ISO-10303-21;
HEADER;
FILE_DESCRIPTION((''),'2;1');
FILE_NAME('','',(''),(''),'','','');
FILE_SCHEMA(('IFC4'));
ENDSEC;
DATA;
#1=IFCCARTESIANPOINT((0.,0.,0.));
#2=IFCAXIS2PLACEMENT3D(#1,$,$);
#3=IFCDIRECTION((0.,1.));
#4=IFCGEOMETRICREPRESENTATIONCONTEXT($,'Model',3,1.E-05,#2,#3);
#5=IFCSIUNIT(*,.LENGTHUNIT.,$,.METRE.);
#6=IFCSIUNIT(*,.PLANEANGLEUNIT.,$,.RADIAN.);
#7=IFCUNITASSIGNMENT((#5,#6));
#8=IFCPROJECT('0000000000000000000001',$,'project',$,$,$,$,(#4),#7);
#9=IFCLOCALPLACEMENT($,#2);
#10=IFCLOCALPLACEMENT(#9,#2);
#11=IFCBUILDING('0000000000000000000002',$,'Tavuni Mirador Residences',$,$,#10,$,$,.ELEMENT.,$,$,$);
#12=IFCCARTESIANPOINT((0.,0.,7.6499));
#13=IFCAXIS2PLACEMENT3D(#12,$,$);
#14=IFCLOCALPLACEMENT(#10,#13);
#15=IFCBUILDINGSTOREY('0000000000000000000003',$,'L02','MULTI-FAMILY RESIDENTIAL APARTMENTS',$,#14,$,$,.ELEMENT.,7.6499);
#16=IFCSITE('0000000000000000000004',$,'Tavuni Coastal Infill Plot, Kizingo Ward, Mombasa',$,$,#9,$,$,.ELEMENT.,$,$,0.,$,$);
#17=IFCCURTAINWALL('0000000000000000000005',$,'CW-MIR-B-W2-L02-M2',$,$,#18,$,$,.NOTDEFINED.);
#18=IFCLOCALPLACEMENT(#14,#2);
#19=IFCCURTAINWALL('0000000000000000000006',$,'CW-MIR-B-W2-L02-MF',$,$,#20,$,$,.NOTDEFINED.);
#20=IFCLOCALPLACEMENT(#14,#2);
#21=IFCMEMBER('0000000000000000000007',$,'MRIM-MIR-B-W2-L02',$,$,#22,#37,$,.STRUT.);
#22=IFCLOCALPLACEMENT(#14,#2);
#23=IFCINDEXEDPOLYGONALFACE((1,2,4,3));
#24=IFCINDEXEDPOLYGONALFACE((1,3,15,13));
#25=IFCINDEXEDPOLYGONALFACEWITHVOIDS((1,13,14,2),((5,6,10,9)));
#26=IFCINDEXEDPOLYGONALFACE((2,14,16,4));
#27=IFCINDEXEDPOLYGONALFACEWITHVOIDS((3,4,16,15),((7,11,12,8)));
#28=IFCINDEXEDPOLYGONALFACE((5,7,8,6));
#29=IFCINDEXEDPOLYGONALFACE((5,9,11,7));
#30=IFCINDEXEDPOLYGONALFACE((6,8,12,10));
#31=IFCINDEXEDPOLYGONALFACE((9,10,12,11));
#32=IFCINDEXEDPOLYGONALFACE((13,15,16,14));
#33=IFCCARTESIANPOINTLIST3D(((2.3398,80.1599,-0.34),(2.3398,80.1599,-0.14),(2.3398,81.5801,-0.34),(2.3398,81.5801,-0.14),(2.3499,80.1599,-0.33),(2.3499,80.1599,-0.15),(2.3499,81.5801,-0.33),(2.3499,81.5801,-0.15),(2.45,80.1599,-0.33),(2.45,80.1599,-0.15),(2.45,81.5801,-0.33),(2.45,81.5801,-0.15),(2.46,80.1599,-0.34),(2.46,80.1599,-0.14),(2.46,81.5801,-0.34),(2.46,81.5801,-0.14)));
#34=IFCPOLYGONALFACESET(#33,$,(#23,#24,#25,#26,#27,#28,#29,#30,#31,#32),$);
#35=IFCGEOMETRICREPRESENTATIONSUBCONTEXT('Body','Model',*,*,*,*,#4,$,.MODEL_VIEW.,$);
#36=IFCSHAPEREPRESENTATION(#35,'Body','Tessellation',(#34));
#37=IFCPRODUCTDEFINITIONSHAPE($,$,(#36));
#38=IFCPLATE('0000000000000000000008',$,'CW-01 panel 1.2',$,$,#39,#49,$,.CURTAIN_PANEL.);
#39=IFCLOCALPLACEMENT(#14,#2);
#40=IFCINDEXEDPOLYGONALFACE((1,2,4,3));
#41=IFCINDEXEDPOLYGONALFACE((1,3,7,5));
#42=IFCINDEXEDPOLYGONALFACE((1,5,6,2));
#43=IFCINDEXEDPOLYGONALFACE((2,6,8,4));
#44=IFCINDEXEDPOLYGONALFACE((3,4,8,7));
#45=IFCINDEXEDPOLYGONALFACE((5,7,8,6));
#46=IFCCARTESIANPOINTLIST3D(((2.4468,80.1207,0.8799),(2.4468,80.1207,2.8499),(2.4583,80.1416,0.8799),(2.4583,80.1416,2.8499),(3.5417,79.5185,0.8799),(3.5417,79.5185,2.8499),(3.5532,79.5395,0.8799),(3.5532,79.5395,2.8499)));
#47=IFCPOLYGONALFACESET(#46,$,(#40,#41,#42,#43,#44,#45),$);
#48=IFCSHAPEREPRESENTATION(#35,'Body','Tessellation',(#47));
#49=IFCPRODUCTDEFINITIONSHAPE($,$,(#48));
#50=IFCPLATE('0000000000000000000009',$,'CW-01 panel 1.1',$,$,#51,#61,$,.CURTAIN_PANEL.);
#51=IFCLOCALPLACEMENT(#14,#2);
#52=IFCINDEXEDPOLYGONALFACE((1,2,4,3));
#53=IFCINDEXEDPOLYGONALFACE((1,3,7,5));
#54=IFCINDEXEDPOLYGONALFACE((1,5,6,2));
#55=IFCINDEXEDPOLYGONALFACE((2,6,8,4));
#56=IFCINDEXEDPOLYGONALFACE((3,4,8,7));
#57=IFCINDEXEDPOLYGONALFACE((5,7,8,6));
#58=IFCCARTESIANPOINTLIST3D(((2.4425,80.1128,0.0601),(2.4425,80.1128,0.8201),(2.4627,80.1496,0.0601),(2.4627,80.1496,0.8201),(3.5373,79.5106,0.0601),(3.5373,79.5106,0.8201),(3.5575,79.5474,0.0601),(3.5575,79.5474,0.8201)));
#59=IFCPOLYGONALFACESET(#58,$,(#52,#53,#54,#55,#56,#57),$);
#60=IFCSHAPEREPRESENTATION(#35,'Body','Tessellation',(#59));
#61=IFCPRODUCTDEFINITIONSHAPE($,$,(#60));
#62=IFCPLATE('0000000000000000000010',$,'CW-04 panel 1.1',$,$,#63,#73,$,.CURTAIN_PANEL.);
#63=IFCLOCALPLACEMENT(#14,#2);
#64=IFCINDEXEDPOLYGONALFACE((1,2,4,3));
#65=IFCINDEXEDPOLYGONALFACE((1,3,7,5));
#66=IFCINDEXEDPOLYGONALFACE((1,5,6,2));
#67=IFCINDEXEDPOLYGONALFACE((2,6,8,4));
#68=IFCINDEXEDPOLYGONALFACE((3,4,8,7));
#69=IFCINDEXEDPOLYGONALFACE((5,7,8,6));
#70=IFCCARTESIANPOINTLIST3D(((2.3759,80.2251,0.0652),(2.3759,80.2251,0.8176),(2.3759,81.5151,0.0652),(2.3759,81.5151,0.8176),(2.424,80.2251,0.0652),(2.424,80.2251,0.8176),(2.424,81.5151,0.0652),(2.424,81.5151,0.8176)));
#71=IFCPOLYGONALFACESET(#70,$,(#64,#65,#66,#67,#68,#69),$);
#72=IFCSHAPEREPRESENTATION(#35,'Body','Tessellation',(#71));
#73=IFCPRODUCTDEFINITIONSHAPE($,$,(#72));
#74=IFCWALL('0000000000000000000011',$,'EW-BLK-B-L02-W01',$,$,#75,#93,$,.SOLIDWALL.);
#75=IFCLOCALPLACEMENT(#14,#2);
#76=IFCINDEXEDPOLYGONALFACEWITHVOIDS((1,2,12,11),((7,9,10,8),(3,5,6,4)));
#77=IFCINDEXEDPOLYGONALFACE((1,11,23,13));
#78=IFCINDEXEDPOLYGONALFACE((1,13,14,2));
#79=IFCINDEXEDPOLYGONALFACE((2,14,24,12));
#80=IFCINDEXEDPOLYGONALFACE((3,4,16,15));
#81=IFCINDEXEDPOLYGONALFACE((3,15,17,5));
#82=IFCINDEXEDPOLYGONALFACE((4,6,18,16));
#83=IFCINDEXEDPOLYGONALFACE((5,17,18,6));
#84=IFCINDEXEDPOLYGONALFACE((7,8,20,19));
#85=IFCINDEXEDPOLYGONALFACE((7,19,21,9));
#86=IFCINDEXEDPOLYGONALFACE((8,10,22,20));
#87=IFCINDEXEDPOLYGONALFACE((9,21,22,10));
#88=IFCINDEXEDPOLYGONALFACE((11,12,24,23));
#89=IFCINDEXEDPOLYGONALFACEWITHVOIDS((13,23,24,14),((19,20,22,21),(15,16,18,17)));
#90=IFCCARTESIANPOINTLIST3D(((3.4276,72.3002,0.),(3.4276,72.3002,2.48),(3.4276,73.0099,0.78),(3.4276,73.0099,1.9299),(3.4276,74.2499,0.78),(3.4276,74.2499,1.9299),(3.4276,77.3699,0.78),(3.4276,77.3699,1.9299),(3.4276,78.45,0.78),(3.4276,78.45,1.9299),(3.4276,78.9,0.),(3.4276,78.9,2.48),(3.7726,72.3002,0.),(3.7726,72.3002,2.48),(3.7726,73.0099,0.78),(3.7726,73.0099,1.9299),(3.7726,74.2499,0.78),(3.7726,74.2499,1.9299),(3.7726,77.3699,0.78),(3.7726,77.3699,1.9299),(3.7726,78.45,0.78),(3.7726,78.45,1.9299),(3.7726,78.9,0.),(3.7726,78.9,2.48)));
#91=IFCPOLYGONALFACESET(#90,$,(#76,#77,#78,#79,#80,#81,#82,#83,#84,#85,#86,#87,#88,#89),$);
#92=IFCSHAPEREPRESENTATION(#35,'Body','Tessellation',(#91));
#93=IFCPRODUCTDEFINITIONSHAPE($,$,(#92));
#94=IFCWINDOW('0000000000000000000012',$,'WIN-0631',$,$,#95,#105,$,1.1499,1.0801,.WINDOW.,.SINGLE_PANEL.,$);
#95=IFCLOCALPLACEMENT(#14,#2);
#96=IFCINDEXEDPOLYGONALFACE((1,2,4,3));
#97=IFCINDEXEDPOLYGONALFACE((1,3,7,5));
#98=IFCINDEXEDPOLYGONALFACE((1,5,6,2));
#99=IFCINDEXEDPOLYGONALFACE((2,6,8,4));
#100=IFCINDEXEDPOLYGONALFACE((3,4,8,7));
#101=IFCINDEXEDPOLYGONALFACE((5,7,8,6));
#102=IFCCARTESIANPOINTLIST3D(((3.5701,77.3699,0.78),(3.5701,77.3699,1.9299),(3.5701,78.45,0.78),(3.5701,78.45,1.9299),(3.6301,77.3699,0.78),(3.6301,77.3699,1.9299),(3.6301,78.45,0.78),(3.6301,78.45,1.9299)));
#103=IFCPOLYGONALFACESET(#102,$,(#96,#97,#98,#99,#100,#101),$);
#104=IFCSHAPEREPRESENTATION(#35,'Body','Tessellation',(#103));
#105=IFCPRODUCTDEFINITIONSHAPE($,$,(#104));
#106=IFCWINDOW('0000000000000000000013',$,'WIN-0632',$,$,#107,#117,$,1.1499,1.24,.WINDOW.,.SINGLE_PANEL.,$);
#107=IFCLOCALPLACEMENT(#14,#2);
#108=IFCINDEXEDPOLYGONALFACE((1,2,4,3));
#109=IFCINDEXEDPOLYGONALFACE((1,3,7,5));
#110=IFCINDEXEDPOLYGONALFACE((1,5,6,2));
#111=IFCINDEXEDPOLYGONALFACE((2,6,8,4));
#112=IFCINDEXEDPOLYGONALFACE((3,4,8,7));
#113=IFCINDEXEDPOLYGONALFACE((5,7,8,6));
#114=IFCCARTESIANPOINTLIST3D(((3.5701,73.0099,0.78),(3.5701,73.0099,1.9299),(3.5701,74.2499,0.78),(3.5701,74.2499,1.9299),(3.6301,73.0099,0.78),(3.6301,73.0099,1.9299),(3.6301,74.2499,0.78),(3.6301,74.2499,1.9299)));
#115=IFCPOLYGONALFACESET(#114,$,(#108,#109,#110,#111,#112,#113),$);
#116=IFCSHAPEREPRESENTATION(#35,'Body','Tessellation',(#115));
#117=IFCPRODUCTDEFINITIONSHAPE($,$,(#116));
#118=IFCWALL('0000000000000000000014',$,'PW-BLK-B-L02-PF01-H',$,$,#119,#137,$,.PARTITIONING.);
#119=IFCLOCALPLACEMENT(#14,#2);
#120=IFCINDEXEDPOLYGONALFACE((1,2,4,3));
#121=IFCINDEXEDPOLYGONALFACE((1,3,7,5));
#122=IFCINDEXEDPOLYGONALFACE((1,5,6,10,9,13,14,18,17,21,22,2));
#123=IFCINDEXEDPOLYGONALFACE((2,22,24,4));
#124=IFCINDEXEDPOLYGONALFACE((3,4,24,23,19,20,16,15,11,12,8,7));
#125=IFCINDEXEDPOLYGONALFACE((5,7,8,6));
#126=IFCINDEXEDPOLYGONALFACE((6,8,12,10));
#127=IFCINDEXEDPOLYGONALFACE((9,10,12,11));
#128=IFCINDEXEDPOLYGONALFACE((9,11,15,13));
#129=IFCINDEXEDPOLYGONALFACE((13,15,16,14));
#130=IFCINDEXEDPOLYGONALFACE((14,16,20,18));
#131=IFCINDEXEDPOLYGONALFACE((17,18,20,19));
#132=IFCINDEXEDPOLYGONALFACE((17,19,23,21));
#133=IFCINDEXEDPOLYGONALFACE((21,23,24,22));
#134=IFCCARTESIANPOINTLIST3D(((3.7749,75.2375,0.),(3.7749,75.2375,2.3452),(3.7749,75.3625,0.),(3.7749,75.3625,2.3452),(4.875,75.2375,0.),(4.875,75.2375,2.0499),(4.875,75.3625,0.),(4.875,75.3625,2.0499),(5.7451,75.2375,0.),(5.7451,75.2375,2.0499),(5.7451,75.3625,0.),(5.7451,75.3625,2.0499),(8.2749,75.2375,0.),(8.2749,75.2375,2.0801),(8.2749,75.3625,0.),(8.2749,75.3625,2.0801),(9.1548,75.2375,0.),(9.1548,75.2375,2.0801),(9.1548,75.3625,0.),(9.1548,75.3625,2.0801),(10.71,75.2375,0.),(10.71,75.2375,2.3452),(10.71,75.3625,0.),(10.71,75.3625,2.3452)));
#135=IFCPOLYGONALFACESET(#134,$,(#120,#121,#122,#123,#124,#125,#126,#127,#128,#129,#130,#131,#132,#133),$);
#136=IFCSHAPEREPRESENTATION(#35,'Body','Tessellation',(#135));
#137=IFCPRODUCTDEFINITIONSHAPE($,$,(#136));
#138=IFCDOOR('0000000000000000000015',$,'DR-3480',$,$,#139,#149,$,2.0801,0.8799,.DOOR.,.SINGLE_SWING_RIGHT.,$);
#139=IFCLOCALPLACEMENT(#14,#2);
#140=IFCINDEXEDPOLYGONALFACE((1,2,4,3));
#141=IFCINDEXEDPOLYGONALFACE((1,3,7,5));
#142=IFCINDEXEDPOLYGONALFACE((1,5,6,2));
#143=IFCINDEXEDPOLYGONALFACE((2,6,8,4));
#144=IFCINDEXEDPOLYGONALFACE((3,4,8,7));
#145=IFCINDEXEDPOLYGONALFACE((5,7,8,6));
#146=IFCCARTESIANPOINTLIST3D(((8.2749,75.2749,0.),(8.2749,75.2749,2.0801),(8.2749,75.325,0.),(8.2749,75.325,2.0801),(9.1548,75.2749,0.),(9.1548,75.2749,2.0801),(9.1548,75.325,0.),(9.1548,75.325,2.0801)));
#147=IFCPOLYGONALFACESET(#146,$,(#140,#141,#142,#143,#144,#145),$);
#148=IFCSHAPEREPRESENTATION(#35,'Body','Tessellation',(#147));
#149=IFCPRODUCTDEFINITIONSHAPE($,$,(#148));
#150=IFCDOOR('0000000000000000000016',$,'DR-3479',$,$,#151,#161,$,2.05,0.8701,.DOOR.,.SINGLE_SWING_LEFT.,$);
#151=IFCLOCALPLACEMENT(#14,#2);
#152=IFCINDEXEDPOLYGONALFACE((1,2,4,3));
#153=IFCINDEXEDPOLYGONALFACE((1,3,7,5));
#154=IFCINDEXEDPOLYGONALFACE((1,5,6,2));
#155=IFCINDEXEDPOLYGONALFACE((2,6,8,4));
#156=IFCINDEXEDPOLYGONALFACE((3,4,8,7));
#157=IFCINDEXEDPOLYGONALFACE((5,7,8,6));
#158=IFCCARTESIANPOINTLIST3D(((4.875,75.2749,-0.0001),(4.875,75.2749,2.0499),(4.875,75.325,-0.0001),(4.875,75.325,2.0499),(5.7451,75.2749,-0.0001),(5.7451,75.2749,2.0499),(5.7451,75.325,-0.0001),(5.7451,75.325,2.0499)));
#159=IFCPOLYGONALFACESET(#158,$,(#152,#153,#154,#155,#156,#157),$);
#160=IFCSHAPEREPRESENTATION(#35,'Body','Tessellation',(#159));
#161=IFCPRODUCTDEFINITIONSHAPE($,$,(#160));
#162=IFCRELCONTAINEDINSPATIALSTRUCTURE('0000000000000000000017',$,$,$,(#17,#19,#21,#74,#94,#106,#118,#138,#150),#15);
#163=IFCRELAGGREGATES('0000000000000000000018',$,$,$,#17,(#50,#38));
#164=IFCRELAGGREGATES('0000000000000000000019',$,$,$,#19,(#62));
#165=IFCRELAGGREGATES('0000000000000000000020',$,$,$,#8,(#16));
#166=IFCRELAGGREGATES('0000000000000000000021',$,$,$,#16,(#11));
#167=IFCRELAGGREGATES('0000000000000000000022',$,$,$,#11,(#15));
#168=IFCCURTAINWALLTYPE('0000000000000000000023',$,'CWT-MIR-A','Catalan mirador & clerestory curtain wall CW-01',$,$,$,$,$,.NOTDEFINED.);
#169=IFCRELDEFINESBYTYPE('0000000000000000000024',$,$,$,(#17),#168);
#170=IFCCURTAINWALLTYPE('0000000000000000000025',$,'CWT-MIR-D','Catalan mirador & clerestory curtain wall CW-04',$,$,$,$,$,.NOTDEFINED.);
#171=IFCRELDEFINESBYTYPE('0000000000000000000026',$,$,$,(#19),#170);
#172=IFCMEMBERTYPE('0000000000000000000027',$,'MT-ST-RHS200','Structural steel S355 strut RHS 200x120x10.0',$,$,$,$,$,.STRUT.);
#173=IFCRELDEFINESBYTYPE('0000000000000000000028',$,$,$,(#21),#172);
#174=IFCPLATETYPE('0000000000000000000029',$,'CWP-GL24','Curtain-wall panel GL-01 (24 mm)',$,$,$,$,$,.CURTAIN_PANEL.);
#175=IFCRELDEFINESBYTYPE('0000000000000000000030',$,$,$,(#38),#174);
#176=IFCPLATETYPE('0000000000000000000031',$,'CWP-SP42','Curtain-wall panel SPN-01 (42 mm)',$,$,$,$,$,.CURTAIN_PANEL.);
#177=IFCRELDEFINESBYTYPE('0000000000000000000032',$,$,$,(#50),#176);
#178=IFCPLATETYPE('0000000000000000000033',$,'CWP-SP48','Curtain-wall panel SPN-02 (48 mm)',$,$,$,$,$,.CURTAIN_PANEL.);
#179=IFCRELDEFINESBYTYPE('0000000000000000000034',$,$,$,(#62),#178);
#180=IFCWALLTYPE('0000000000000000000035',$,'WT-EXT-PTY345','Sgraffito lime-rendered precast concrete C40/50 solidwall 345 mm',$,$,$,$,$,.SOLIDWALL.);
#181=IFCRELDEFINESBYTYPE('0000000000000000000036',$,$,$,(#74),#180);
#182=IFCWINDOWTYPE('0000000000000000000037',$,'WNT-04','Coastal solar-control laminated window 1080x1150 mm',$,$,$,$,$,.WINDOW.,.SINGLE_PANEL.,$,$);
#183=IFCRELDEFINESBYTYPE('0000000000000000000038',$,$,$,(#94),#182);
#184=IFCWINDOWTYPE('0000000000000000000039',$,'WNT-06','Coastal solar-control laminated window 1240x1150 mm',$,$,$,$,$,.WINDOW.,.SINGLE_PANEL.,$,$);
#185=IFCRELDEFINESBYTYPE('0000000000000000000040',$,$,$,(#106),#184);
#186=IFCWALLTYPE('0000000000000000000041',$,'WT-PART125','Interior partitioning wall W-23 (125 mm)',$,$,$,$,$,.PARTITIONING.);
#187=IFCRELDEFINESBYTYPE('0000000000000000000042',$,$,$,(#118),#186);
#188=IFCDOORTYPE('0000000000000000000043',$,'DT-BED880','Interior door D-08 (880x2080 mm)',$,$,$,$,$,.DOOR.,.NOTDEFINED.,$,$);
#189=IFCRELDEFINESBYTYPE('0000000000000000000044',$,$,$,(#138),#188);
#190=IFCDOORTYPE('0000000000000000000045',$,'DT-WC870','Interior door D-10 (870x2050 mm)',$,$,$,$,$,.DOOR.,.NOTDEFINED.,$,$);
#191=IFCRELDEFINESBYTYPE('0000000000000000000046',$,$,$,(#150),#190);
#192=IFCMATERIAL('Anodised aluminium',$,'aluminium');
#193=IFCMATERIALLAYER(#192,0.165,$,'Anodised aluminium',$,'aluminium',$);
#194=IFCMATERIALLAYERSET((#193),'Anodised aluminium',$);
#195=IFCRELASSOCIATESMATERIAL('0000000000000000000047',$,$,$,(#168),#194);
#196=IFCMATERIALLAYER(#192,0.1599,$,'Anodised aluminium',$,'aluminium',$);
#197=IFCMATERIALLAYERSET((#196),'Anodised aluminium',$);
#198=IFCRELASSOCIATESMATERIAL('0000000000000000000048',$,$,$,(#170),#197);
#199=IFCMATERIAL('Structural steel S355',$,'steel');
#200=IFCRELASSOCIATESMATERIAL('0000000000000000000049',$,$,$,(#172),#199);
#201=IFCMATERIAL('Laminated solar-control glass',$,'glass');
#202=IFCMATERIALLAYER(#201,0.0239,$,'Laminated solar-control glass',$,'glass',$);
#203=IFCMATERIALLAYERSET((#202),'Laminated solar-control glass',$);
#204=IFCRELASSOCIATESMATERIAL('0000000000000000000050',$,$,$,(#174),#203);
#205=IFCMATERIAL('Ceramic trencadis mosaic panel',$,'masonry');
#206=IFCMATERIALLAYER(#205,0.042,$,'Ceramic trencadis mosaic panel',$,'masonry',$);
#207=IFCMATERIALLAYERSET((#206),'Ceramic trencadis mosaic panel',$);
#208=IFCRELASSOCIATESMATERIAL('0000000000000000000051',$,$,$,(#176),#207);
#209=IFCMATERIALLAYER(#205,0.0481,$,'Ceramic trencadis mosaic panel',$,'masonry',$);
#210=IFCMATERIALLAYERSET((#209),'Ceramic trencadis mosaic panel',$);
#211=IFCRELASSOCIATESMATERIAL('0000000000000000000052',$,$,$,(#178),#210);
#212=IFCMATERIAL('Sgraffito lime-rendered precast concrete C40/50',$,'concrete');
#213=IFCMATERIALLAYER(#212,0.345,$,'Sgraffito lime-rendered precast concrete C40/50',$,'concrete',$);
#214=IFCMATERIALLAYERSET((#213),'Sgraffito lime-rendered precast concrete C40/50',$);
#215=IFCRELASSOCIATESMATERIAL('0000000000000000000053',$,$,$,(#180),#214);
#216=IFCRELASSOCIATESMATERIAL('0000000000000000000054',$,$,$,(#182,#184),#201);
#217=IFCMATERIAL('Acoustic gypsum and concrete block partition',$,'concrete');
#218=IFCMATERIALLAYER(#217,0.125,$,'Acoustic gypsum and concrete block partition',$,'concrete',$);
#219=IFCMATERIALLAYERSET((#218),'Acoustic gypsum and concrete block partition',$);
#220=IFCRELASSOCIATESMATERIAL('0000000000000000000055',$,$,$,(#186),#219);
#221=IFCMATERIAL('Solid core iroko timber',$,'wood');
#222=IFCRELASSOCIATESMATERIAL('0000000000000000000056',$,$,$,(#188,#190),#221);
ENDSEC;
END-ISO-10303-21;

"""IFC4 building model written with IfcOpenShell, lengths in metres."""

from ifc_helpers import new_model, si_unit, direction, frame, frame_2d, origin, origin_2d, place, context, subcontext, project, spatial, rectangle, hollow_rectangle, extrude, material, layer, layer_set, material_profile, profile_set, type_object, element, fill, aggregate, save


model = new_model("IFC4")

# Units and contexts
model_context = context("Model", 3, precision=1e-05, world=origin(), true_north=direction((0.0, 1.0)))
body_context = subcontext(model_context, "Body", "Model", "MODEL_VIEW")
ifc_project = project(units=[si_unit("LENGTHUNIT", "METRE"), si_unit("PLANEANGLEUNIT", "RADIAN")], contexts=[model_context])

# Site, building, storey
site_placement = place(None, origin())
site = spatial("IfcSite", under=ifc_project, at=site_placement, Name="Tavuni Coastal Infill Plot, Kizingo Ward, Mombasa", CompositionType="ELEMENT", RefElevation=0.0)
building_placement = place(site_placement, origin())
building = spatial("IfcBuilding", under=site, at=building_placement, Name="Tavuni Mirador Residences", CompositionType="ELEMENT")
storey_placement = place(building_placement, frame((0.0, 0.0, 7.6499)))
storey = spatial("IfcBuildingStorey", under=building, at=storey_placement, Name="L02", Description="MULTI-FAMILY RESIDENTIAL APARTMENTS", CompositionType="ELEMENT", Elevation=7.6499)

# Curtain wall
ifc_material_1 = material(Name="Anodised aluminium", Category="aluminium")
ifc_layer_1 = layer(ifc_material_1, 0.165, Name="Anodised aluminium", Category="aluminium")
ifc_layer_set_1 = layer_set([ifc_layer_1], Name="Anodised aluminium")
curtain_wall_type_1 = type_object("IfcCurtainWallType", Name="CWT-MIR-A", Description="Catalan mirador & clerestory curtain wall CW-01", PredefinedType="NOTDEFINED", material=ifc_layer_set_1)
curtain_wall_1_placement = place(storey_placement, origin())
curtain_wall_1 = element("IfcCurtainWall", 1, at=curtain_wall_1_placement, inside=storey, type_object=curtain_wall_type_1, Name="CW-MIR-B-W2-L02-M2", PredefinedType="NOTDEFINED")

# Curtain wall
ifc_layer_2 = layer(ifc_material_1, 0.1599, Name="Anodised aluminium", Category="aluminium")
ifc_layer_set_2 = layer_set([ifc_layer_2], Name="Anodised aluminium")
curtain_wall_type_2 = type_object("IfcCurtainWallType", Name="CWT-MIR-D", Description="Catalan mirador & clerestory curtain wall CW-04", PredefinedType="NOTDEFINED", material=ifc_layer_set_2)
curtain_wall_2_placement = place(storey_placement, origin())
curtain_wall_2 = element("IfcCurtainWall", 2, at=curtain_wall_2_placement, inside=storey, type_object=curtain_wall_type_2, Name="CW-MIR-B-W2-L02-MF", PredefinedType="NOTDEFINED")

# Member
ifc_material_2 = material(Name="Structural steel S355", Category="steel")
ifc_material_profile_1 = material_profile(ifc_material_2, hollow_rectangle(XDim=0.1201, YDim=0.2, WallThickness=0.01, at=origin_2d()), Name="RHS 200x120x10.0", Category="steel")
ifc_profile_set_1 = profile_set([ifc_material_profile_1], Name="Structural steel S355")
member_type_1 = type_object("IfcMemberType", Name="MT-ST-RHS200", Description="Structural steel S355 strut RHS 200x120x10.0", PredefinedType="STRUT", material=ifc_profile_set_1)
member_1_placement = place(storey_placement, frame((2.3999, 80.1599, -0.24), z_axis=(0.0, 1.0, 0.0), x_axis=(-1.0, 0.0, 0.0)))
element("IfcMember", 3, at=member_1_placement, inside=storey, type_object=member_type_1, Name="MRIM-MIR-B-W2-L02", PredefinedType="STRUT", context=body_context, shape_type="SweptSolid", body=[
    extrude(hollow_rectangle(XDim=0.1201, YDim=0.2, WallThickness=0.01, at=origin_2d()), origin(), (0.0, 0.0, 1.0), 1.4202),
])

# Plates
ifc_material_3 = material(Name="Laminated solar-control glass", Category="glass")
ifc_layer_3 = layer(ifc_material_3, 0.0239, Name="Laminated solar-control glass", Category="glass")
ifc_layer_set_3 = layer_set([ifc_layer_3], Name="Laminated solar-control glass")
plate_type_1 = type_object("IfcPlateType", Name="CWP-GL24", Description="Curtain-wall panel GL-01 (24 mm)", PredefinedType="CURTAIN_PANEL", material=ifc_layer_set_3)
plate_1_placement = place(storey_placement, frame((3.0, 79.8301, 0.8799), z_axis=(0.0, 0.0, 1.0), x_axis=(0.876216, -0.481919, 0.0)))
plate_1 = element("IfcPlate", 4, at=plate_1_placement, type_object=plate_type_1, Name="CW-01 panel 1.2", PredefinedType="CURTAIN_PANEL", context=body_context, shape_type="SweptSolid", body=[
    extrude(rectangle(XDim=1.2495, YDim=0.0239, at=origin_2d()), origin(), (0.0, 0.0, 1.0), 1.97),
])
ifc_material_4 = material(Name="Ceramic trencadis mosaic panel", Category="masonry")
ifc_layer_4 = layer(ifc_material_4, 0.042, Name="Ceramic trencadis mosaic panel", Category="masonry")
ifc_layer_set_4 = layer_set([ifc_layer_4], Name="Ceramic trencadis mosaic panel")
plate_type_2 = type_object("IfcPlateType", Name="CWP-SP42", Description="Curtain-wall panel SPN-01 (42 mm)", PredefinedType="CURTAIN_PANEL", material=ifc_layer_set_4)
plate_2_placement = place(storey_placement, frame((3.0, 79.8301, 0.0601), z_axis=(0.0, 0.0, 1.0), x_axis=(0.876216, -0.481919, 0.0)))
plate_2 = element("IfcPlate", 5, at=plate_2_placement, type_object=plate_type_2, Name="CW-01 panel 1.1", PredefinedType="CURTAIN_PANEL", context=body_context, shape_type="SweptSolid", body=[
    extrude(rectangle(XDim=1.2495, YDim=0.042, at=origin_2d()), origin(), (0.0, 0.0, 1.0), 0.76),
])
aggregate(curtain_wall_1, [plate_2, plate_1])
ifc_layer_5 = layer(ifc_material_4, 0.0481, Name="Ceramic trencadis mosaic panel", Category="masonry")
ifc_layer_set_5 = layer_set([ifc_layer_5], Name="Ceramic trencadis mosaic panel")
plate_type_3 = type_object("IfcPlateType", Name="CWP-SP48", Description="Curtain-wall panel SPN-02 (48 mm)", PredefinedType="CURTAIN_PANEL", material=ifc_layer_set_5)
plate_3_placement = place(storey_placement, frame((2.3999, 80.8701, 0.0652), z_axis=(0.0, 0.0, 1.0), x_axis=(0.0, -1.0, 0.0)))
plate_3 = element("IfcPlate", 6, at=plate_3_placement, type_object=plate_type_3, Name="CW-04 panel 1.1", PredefinedType="CURTAIN_PANEL", context=body_context, shape_type="SweptSolid", body=[
    extrude(rectangle(XDim=1.29, YDim=0.0481, at=origin_2d()), origin(), (0.0, 0.0, 1.0), 0.7524),
])
aggregate(curtain_wall_2, [plate_3])

# Wall, openings, windows
ifc_material_5 = material(Name="Sgraffito lime-rendered precast concrete C40/50", Category="concrete")
ifc_layer_6 = layer(ifc_material_5, 0.345, Name="Sgraffito lime-rendered precast concrete C40/50", Category="concrete")
ifc_layer_set_6 = layer_set([ifc_layer_6], Name="Sgraffito lime-rendered precast concrete C40/50")
wall_type_1 = type_object("IfcWallType", Name="WT-EXT-PTY345", Description="Sgraffito lime-rendered precast concrete C40/50 solidwall 345 mm", PredefinedType="SOLIDWALL", material=ifc_layer_set_6)
wall_1_placement = place(storey_placement, frame((3.6001, 78.8999, 0.0), z_axis=(0.0, 0.0, 1.0), x_axis=(0.0, -1.0, 0.0)))
wall_1 = element("IfcWall", 7, at=wall_1_placement, inside=storey, type_object=wall_type_1, Name="EW-BLK-B-L02-W01", PredefinedType="SOLIDWALL", context=body_context, shape_type="SweptSolid", body=[
    extrude(rectangle(XDim=6.5999, YDim=0.345, at=frame_2d((3.2998, 0.0))), origin(), (0.0, 0.0, 1.0), 2.48),
])
opening_1_placement = place(wall_1_placement, frame((0.45, 0.0, 0.78)))
opening_1 = element("IfcOpeningElement", 8, at=opening_1_placement, cuts=wall_1, PredefinedType="OPENING", context=body_context, shape_type="SweptSolid", body=[
    extrude(rectangle(XDim=1.0801, YDim=1.1499, at=frame_2d((0.54, 0.575))), frame((0.0, 0.1826, 0.0), z_axis=(0.0, -1.0, 0.0), x_axis=(1.0, 0.0, 0.0)), (0.0, 0.0, 1.0), 0.365),
])
opening_2_placement = place(wall_1_placement, frame((4.6499, 0.0, 0.78)))
opening_2 = element("IfcOpeningElement", 9, at=opening_2_placement, cuts=wall_1, PredefinedType="OPENING", context=body_context, shape_type="SweptSolid", body=[
    extrude(rectangle(XDim=1.24, YDim=1.1499, at=frame_2d((0.6201, 0.575))), frame((0.0, 0.1826, 0.0), z_axis=(0.0, -1.0, 0.0), x_axis=(1.0, 0.0, 0.0)), (0.0, 0.0, 1.0), 0.365),
])
window_type_1 = type_object("IfcWindowType", Name="WNT-04", Description="Coastal solar-control laminated window 1080x1150 mm", PartitioningType="SINGLE_PANEL", PredefinedType="WINDOW", material=ifc_material_3)
window_1_placement = place(opening_1_placement, origin())
window_1 = element("IfcWindow", 10, at=window_1_placement, inside=storey, type_object=window_type_1, Name="WIN-0631", OverallHeight=1.1499, OverallWidth=1.0801, PartitioningType="SINGLE_PANEL", PredefinedType="WINDOW", context=body_context, shape_type="SweptSolid", body=[
    extrude(rectangle(XDim=1.0801, YDim=1.1499, at=frame_2d((0.54, 0.575))), frame((0.0, 0.03, 0.0), z_axis=(0.0, -1.0, 0.0), x_axis=(1.0, 0.0, 0.0)), (0.0, 0.0, 1.0), 0.0601),
])
fill(opening_1, window_1)
window_type_2 = type_object("IfcWindowType", Name="WNT-06", Description="Coastal solar-control laminated window 1240x1150 mm", PartitioningType="SINGLE_PANEL", PredefinedType="WINDOW", material=ifc_material_3)
window_2_placement = place(opening_2_placement, origin())
window_2 = element("IfcWindow", 11, at=window_2_placement, inside=storey, type_object=window_type_2, Name="WIN-0632", OverallHeight=1.1499, OverallWidth=1.24, PartitioningType="SINGLE_PANEL", PredefinedType="WINDOW", context=body_context, shape_type="SweptSolid", body=[
    extrude(rectangle(XDim=1.24, YDim=1.1499, at=frame_2d((0.6201, 0.575))), frame((0.0, 0.03, 0.0), z_axis=(0.0, -1.0, 0.0), x_axis=(1.0, 0.0, 0.0)), (0.0, 0.0, 1.0), 0.0601),
])
fill(opening_2, window_2)

# Wall, openings, doors
ifc_material_6 = material(Name="Acoustic gypsum and concrete block partition", Category="concrete")
ifc_layer_7 = layer(ifc_material_6, 0.125, Name="Acoustic gypsum and concrete block partition", Category="concrete")
ifc_layer_set_7 = layer_set([ifc_layer_7], Name="Acoustic gypsum and concrete block partition")
wall_type_2 = type_object("IfcWallType", Name="WT-PART125", Description="Interior partitioning wall W-23 (125 mm)", PredefinedType="PARTITIONING", material=ifc_layer_set_7)
wall_2_placement = place(storey_placement, frame((3.7749, 75.3, 0.0), z_axis=(0.0, 0.0, 1.0), x_axis=(1.0, 0.0, 0.0)))
wall_2 = element("IfcWall", 12, at=wall_2_placement, inside=storey, type_object=wall_type_2, Name="PW-BLK-B-L02-PF01-H", PredefinedType="PARTITIONING", context=body_context, shape_type="SweptSolid", body=[
    extrude(rectangle(XDim=6.9351, YDim=0.125, at=frame_2d((3.4675, 0.0))), origin(), (0.0, 0.0, 1.0), 2.3452),
])
opening_3_placement = place(wall_2_placement, frame((1.1001, 0.0, 0.0)))
opening_3 = element("IfcOpeningElement", 13, at=opening_3_placement, cuts=wall_2, PredefinedType="OPENING", context=body_context, shape_type="SweptSolid", body=[
    extrude(rectangle(XDim=0.8701, YDim=2.05, at=frame_2d((0.4351, 1.0249))), frame((0.0, 0.0725, 0.0), z_axis=(0.0, -1.0, 0.0), x_axis=(1.0, 0.0, 0.0)), (0.0, 0.0, 1.0), 0.145),
])
opening_4_placement = place(wall_2_placement, frame((4.5, 0.0, 0.0)))
opening_4 = element("IfcOpeningElement", 14, at=opening_4_placement, cuts=wall_2, PredefinedType="OPENING", context=body_context, shape_type="SweptSolid", body=[
    extrude(rectangle(XDim=0.8799, YDim=2.0801, at=frame_2d((0.4399, 1.04))), frame((0.0, 0.0725, 0.0), z_axis=(0.0, -1.0, 0.0), x_axis=(1.0, 0.0, 0.0)), (0.0, 0.0, 1.0), 0.145),
])
ifc_material_7 = material(Name="Solid core iroko timber", Category="wood")
door_type_1 = type_object("IfcDoorType", Name="DT-BED880", Description="Interior door D-08 (880x2080 mm)", OperationType="NOTDEFINED", PredefinedType="DOOR", material=ifc_material_7)
door_1_placement = place(opening_4_placement, origin())
door_1 = element("IfcDoor", 15, at=door_1_placement, inside=storey, type_object=door_type_1, Name="DR-3480", OperationType="SINGLE_SWING_RIGHT", OverallHeight=2.0801, OverallWidth=0.8799, PredefinedType="DOOR", context=body_context, shape_type="SweptSolid", body=[
    extrude(rectangle(XDim=0.8799, YDim=2.0801, at=frame_2d((0.4399, 1.04))), frame((0.0, 0.0249, 0.0), z_axis=(0.0, -1.0, 0.0), x_axis=(1.0, 0.0, 0.0)), (0.0, 0.0, 1.0), 0.05),
])
fill(opening_4, door_1)
door_type_2 = type_object("IfcDoorType", Name="DT-WC870", Description="Interior door D-10 (870x2050 mm)", OperationType="NOTDEFINED", PredefinedType="DOOR", material=ifc_material_7)
door_2_placement = place(opening_3_placement, origin())
door_2 = element("IfcDoor", 16, at=door_2_placement, inside=storey, type_object=door_type_2, Name="DR-3479", OperationType="SINGLE_SWING_LEFT", OverallHeight=2.05, OverallWidth=0.8701, PredefinedType="DOOR", context=body_context, shape_type="SweptSolid", body=[
    extrude(rectangle(XDim=0.8701, YDim=2.05, at=frame_2d((0.4351, 1.0249))), frame((0.0, 0.0249, 0.0), z_axis=(0.0, -1.0, 0.0), x_axis=(1.0, 0.0, 0.0)), (0.0, 0.0, 1.0), 0.05),
])
fill(opening_3, door_2)

save(model, "model.ifc")
